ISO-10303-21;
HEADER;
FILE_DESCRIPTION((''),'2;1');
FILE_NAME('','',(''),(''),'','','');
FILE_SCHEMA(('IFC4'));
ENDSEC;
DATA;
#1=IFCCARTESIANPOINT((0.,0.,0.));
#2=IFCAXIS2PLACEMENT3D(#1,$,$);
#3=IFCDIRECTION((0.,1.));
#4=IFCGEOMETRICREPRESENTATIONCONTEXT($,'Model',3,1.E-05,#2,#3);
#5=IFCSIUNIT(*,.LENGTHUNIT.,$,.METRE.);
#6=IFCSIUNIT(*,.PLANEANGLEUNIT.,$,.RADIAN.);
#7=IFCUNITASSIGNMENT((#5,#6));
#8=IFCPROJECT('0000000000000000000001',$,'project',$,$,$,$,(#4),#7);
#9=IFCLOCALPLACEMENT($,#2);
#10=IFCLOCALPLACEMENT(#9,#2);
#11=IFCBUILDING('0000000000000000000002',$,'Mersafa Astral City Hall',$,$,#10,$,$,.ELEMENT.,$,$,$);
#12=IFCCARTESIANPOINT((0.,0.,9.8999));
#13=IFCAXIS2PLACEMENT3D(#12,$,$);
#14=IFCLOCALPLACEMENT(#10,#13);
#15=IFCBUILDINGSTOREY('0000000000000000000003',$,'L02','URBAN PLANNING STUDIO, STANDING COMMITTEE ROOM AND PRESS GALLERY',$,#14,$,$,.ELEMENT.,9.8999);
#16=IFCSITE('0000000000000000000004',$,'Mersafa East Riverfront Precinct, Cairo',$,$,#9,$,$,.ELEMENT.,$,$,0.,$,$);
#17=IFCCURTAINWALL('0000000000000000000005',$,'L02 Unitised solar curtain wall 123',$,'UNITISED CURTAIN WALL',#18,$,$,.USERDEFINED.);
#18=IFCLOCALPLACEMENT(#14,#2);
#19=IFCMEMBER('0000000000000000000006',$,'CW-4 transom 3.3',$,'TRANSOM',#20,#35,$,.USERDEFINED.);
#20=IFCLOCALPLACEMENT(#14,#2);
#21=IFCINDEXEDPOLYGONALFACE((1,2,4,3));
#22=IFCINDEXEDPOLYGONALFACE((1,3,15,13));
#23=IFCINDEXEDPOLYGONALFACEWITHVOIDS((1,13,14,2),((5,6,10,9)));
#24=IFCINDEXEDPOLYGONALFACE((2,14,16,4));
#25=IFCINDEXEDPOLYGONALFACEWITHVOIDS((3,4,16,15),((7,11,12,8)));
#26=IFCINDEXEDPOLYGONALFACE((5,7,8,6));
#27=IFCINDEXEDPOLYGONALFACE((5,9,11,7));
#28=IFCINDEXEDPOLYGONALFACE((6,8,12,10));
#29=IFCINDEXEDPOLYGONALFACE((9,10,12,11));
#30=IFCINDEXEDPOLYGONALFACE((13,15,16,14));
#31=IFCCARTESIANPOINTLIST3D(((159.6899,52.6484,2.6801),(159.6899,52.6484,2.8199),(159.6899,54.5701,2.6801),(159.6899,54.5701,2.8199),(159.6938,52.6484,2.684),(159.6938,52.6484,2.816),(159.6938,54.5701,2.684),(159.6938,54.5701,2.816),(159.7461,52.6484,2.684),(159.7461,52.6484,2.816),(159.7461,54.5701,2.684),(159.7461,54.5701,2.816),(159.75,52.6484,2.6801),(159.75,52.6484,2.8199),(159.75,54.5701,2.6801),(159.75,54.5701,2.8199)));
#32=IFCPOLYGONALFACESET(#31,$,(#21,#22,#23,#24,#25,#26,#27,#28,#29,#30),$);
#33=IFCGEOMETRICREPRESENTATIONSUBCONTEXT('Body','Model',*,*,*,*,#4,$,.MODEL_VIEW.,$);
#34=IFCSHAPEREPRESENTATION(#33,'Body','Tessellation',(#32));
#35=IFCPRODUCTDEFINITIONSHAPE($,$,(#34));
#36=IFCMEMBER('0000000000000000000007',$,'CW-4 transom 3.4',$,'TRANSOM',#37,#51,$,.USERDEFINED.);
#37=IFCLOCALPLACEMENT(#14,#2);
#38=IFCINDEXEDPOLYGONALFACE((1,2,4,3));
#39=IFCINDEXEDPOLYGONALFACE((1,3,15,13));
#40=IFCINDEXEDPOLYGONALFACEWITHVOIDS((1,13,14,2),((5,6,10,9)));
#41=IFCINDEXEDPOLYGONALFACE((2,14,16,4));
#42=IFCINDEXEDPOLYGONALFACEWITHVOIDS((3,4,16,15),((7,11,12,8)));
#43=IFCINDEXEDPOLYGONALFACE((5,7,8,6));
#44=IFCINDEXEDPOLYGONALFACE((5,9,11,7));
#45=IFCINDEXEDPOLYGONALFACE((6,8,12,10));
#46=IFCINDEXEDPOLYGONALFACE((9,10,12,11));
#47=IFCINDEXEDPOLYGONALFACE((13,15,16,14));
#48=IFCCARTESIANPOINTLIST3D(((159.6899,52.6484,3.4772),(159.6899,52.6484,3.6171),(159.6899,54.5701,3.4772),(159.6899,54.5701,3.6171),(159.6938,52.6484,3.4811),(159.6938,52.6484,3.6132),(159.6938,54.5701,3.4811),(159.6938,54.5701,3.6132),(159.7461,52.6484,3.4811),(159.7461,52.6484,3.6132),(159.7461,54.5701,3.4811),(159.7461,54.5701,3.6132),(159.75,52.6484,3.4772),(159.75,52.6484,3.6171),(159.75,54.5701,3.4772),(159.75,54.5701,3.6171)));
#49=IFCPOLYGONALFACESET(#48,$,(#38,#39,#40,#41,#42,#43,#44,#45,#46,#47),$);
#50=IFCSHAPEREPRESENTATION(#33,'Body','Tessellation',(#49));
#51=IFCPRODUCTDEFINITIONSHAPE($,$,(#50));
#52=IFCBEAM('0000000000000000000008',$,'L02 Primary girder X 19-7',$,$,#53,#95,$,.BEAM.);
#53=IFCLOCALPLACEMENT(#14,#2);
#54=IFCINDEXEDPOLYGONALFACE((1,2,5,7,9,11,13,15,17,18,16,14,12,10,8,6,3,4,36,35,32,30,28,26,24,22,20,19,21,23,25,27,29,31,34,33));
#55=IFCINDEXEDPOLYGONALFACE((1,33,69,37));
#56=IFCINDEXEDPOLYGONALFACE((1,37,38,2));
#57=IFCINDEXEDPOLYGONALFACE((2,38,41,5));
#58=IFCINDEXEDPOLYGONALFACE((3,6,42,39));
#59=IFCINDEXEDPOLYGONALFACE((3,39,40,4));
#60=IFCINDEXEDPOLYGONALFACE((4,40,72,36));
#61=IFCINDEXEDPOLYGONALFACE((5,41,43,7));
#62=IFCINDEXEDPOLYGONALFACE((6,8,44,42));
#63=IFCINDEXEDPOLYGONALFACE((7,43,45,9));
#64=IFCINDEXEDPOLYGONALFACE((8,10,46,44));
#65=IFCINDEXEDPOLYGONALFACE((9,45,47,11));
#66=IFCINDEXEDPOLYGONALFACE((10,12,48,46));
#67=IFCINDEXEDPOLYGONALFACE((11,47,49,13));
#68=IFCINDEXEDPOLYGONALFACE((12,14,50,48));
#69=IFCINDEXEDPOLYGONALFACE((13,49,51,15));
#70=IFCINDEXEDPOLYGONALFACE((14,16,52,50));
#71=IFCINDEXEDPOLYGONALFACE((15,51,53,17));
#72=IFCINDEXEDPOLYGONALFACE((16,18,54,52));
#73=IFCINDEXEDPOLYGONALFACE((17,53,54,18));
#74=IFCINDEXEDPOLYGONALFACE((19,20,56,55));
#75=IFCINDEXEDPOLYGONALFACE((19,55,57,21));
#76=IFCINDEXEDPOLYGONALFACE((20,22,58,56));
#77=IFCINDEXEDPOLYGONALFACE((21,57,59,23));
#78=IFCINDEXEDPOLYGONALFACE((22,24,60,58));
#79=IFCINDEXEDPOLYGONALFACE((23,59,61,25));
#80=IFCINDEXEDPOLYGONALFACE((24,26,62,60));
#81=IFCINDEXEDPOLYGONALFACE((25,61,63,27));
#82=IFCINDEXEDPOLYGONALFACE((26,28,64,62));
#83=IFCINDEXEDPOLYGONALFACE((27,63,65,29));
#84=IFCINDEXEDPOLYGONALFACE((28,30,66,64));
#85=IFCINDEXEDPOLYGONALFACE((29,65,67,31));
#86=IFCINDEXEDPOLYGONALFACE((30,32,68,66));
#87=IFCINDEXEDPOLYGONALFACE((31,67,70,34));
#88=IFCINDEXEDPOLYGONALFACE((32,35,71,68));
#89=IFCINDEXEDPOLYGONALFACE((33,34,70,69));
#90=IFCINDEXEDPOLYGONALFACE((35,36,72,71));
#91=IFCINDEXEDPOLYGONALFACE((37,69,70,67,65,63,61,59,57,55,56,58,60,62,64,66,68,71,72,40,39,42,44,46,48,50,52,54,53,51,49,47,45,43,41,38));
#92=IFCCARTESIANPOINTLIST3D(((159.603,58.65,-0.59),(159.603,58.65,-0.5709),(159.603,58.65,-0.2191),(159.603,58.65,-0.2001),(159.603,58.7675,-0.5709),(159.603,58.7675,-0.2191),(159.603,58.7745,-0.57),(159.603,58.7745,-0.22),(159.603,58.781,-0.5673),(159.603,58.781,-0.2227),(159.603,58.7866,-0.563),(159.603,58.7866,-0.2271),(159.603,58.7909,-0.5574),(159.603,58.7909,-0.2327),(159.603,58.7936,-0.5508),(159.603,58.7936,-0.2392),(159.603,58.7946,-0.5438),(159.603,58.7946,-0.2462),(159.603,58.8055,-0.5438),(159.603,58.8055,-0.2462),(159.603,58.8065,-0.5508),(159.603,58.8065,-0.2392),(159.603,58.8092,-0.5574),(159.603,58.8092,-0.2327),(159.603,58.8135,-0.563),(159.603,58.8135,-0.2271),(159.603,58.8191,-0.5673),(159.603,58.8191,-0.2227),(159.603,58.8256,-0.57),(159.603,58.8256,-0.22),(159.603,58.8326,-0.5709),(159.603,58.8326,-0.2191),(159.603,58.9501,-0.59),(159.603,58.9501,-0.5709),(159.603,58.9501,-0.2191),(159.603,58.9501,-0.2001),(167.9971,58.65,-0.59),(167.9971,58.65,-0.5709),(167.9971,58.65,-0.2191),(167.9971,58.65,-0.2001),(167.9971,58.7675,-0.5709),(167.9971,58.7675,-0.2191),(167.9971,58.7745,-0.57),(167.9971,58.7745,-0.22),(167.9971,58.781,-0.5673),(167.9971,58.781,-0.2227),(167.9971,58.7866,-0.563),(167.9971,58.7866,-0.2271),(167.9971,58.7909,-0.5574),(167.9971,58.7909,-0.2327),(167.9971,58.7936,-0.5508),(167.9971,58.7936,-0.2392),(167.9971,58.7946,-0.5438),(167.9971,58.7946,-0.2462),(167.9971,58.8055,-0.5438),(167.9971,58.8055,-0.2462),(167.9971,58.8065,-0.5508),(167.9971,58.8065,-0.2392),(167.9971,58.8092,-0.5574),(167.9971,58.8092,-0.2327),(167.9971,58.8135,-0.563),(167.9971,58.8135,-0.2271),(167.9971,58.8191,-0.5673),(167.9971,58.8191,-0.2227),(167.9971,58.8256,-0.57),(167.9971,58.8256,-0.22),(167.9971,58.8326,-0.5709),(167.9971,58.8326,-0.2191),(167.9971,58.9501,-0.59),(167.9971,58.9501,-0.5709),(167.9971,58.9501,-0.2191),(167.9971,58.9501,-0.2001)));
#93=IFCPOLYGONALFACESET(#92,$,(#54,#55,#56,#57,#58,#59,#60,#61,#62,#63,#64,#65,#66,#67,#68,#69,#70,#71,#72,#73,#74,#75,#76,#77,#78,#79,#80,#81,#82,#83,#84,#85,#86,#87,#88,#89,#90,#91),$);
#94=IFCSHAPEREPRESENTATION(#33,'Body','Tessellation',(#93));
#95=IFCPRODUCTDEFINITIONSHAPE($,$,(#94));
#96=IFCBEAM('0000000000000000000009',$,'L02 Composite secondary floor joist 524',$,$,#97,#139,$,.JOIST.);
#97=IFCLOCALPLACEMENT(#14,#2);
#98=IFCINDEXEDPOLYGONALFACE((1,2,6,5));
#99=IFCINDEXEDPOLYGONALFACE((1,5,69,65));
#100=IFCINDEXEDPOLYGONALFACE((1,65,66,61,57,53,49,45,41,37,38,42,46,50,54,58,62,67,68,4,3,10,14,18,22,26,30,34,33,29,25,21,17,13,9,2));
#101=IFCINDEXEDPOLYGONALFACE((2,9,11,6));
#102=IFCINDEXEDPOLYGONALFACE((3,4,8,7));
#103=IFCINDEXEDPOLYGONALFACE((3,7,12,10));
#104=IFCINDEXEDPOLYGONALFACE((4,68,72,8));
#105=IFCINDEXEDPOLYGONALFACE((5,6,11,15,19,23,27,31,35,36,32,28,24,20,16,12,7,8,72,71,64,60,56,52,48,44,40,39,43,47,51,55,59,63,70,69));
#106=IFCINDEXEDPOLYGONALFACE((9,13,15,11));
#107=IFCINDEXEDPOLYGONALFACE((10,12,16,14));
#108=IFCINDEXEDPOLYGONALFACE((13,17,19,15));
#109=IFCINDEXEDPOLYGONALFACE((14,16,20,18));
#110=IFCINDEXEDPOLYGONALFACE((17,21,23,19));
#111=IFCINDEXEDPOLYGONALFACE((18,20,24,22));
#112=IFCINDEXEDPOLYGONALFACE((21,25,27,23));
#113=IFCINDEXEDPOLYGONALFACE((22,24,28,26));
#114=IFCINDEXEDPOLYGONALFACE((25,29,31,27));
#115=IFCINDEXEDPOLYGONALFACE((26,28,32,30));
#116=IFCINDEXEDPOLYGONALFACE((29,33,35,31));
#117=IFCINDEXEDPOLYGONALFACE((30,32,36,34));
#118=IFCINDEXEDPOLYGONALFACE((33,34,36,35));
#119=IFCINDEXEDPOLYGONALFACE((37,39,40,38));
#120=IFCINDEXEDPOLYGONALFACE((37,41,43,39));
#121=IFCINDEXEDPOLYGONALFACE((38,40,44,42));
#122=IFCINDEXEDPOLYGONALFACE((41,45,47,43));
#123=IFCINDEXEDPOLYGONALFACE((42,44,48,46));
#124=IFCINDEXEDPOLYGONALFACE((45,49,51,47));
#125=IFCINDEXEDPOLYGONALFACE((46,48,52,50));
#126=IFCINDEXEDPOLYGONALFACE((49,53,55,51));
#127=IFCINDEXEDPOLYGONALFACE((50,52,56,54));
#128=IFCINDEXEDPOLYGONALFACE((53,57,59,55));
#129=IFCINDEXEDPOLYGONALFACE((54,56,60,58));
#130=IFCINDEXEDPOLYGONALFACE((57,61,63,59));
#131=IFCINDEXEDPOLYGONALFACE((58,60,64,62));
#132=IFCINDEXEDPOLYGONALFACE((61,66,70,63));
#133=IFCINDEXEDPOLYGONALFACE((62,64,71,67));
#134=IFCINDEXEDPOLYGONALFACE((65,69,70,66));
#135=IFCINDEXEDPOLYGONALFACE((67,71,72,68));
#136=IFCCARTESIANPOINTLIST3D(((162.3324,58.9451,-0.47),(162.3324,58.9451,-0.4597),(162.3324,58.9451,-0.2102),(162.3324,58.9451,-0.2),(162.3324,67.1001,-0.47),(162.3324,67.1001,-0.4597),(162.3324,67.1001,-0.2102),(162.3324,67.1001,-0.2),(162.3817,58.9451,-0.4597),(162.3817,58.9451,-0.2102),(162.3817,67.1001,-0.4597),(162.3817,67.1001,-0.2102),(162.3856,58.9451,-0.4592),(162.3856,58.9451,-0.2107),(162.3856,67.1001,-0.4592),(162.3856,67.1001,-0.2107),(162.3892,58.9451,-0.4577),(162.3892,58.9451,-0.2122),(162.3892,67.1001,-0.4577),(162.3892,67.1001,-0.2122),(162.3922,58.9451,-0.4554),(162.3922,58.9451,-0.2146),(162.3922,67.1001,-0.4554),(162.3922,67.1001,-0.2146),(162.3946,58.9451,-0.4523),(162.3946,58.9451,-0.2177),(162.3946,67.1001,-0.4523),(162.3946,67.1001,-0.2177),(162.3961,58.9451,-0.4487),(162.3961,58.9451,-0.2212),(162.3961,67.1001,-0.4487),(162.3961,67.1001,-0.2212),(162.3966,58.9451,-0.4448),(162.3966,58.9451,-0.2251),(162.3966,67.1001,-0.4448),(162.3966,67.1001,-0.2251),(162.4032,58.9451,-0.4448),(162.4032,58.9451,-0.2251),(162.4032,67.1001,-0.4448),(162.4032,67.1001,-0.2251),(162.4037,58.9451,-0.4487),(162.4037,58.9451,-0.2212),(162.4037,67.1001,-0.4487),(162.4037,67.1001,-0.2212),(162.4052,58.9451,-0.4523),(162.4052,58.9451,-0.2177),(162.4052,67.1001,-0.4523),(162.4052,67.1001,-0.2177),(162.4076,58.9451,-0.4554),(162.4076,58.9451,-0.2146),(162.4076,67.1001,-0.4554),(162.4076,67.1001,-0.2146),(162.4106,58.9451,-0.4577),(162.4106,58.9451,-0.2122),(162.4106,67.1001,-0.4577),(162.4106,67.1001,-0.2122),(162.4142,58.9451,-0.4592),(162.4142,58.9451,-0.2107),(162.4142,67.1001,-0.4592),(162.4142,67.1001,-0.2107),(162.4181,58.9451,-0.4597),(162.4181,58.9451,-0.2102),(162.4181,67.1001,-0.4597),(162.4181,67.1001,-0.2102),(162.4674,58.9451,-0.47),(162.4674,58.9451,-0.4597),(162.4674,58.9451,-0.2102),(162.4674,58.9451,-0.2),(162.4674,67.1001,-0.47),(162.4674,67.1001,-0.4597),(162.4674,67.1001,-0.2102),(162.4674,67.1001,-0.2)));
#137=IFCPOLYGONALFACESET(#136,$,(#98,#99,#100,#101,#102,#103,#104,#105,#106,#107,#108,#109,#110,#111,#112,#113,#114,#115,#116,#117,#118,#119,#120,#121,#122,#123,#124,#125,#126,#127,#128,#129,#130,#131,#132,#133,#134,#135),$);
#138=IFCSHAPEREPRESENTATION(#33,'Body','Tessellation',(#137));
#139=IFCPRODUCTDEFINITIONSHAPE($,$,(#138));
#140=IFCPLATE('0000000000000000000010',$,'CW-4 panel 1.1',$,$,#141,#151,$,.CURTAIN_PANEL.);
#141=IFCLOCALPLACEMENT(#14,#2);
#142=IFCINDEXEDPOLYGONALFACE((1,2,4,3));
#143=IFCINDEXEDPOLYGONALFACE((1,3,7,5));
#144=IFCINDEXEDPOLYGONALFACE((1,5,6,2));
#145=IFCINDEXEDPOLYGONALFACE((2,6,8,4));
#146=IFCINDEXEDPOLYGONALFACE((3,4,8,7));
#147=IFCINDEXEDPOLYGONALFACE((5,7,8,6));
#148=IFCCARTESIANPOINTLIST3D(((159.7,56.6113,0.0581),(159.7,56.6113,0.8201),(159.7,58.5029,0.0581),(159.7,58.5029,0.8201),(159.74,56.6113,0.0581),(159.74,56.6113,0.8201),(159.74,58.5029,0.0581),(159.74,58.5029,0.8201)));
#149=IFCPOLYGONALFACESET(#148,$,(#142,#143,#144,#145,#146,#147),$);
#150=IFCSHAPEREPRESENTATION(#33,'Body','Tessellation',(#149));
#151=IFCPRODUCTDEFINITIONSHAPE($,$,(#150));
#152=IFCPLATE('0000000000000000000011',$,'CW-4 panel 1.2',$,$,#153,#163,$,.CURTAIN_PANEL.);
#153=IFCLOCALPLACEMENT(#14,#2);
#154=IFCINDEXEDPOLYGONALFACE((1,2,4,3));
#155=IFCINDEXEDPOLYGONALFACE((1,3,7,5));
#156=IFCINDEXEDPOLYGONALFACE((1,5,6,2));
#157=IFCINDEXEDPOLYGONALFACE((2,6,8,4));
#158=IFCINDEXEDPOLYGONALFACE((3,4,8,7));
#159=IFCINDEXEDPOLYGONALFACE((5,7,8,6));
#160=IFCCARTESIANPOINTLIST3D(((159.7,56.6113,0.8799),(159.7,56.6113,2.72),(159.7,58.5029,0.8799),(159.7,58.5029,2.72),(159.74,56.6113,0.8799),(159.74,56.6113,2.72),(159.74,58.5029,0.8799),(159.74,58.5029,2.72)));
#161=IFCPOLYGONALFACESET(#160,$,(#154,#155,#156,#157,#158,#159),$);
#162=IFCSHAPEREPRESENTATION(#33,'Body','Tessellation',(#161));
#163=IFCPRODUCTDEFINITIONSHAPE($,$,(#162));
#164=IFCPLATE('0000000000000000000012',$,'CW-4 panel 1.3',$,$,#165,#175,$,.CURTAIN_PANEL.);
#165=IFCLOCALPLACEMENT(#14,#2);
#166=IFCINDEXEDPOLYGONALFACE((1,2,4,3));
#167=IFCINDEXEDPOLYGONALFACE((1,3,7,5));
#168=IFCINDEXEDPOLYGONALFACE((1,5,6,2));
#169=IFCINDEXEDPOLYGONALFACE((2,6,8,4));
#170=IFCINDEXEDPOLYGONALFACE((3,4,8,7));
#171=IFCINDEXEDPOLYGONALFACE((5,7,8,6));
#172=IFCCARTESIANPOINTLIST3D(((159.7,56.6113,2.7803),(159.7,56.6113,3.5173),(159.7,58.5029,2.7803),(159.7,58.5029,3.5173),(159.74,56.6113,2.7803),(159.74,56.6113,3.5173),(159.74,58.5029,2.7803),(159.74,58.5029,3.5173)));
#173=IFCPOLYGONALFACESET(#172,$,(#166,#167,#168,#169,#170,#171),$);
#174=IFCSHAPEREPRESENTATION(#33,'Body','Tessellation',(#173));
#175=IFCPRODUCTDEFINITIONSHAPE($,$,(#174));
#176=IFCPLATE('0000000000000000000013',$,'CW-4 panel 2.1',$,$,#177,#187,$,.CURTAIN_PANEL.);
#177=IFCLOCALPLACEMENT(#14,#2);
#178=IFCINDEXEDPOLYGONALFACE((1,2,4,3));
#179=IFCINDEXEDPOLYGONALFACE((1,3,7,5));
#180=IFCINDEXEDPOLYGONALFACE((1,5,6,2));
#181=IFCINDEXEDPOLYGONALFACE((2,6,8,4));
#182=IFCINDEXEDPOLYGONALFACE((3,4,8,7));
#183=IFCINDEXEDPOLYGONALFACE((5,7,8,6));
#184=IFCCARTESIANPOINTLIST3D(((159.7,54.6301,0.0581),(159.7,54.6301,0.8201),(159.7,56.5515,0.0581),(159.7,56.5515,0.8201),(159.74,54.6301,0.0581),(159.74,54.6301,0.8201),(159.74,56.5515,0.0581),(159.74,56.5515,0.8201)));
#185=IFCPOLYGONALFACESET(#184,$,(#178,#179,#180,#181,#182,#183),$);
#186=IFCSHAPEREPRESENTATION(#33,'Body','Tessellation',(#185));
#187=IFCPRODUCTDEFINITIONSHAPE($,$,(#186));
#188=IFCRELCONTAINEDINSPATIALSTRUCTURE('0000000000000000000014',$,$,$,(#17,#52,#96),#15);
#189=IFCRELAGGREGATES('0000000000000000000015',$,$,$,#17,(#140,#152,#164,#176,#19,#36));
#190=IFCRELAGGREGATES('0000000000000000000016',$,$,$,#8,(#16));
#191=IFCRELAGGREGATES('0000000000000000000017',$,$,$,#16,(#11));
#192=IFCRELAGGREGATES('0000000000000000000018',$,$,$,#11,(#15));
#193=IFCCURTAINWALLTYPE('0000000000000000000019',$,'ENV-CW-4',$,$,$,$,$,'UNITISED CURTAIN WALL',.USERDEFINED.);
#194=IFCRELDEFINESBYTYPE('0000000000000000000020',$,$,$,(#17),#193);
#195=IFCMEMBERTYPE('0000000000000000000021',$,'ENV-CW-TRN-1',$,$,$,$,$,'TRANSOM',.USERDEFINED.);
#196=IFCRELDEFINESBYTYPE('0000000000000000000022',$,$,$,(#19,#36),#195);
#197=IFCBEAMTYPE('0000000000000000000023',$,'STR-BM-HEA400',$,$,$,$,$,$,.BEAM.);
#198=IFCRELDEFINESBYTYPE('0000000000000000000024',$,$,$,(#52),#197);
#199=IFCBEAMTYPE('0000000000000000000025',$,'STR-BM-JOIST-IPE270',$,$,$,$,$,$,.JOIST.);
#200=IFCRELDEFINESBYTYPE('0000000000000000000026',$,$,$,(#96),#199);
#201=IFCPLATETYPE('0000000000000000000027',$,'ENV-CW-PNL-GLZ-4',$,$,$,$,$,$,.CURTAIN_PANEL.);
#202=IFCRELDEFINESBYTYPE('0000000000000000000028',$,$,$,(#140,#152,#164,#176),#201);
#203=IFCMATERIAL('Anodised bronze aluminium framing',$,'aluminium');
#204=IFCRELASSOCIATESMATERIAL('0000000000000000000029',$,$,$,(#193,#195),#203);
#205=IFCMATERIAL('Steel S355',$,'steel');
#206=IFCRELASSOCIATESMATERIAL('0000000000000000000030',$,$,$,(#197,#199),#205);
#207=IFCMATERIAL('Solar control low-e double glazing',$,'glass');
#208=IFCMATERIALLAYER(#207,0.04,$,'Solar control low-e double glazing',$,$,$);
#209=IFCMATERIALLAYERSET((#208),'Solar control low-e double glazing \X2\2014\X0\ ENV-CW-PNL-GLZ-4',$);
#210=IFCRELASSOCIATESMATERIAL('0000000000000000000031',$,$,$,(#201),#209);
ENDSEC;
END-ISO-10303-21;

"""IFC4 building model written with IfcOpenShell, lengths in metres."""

from ifc_helpers import new_model, si_unit, direction, frame, origin, origin_2d, place, context, subcontext, project, spatial, rectangle, hollow_rectangle, i_section, extrude, material, layer, layer_set, material_profile, profile_set, type_object, element, aggregate, save


model = new_model("IFC4")

# Units and contexts
model_context = context("Model", 3, precision=1e-05, world=origin(), true_north=direction((0.0, 1.0)))
body_context = subcontext(model_context, "Body", "Model", "MODEL_VIEW")
ifc_project = project(units=[si_unit("LENGTHUNIT", "METRE"), si_unit("PLANEANGLEUNIT", "RADIAN")], contexts=[model_context])

# Site, building, storey
site_placement = place(None, origin())
site = spatial("IfcSite", under=ifc_project, at=site_placement, Name="Mersafa East Riverfront Precinct, Cairo", CompositionType="ELEMENT", RefElevation=0.0)
building_placement = place(site_placement, origin())
building = spatial("IfcBuilding", under=site, at=building_placement, Name="Mersafa Astral City Hall", CompositionType="ELEMENT")
storey_placement = place(building_placement, frame((0.0, 0.0, 9.8999)))
storey = spatial("IfcBuildingStorey", under=building, at=storey_placement, Name="L02", Description="URBAN PLANNING STUDIO, STANDING COMMITTEE ROOM AND PRESS GALLERY", CompositionType="ELEMENT", Elevation=9.8999)

# Curtain wall, members
ifc_material_1 = material(Name="Anodised bronze aluminium framing", Category="aluminium")
curtain_wall_type = type_object("IfcCurtainWallType", Name="ENV-CW-4", ElementType="UNITISED CURTAIN WALL", PredefinedType="USERDEFINED", material=ifc_material_1)
curtain_wall_placement = place(storey_placement, origin())
curtain_wall = element("IfcCurtainWall", 1, at=curtain_wall_placement, inside=storey, type_object=curtain_wall_type, Name="L02 Unitised solar curtain wall 123", ObjectType="UNITISED CURTAIN WALL", PredefinedType="USERDEFINED")
ifc_material_profile_1 = material_profile(ifc_material_1, hollow_rectangle(XDim=0.0601, YDim=0.1399, WallThickness=0.0039, at=origin_2d()), Name="RHS 60x140x4")
ifc_profile_set_1 = profile_set([ifc_material_profile_1], Name="Anodised bronze aluminium framing")
member_type_1 = type_object("IfcMemberType", Name="ENV-CW-TRN-1", ElementType="TRANSOM", PredefinedType="USERDEFINED", material=ifc_profile_set_1)
member_1_placement = place(storey_placement, frame((159.72, 54.5701, 2.75), z_axis=(0.0, -1.0, 0.0), x_axis=(1.0, 0.0, 0.0)))
member_1 = element("IfcMember", 2, at=member_1_placement, type_object=member_type_1, Name="CW-4 transom 3.3", ObjectType="TRANSOM", PredefinedType="USERDEFINED", context=body_context, shape_type="SweptSolid", body=[
    extrude(hollow_rectangle(XDim=0.0601, YDim=0.1399, WallThickness=0.0039, at=origin_2d()), origin(), (0.0, 0.0, 1.0), 1.9216),
])
member_2_placement = place(storey_placement, frame((159.72, 54.5701, 3.5471), z_axis=(0.0, -1.0, 0.0), x_axis=(1.0, 0.0, 0.0)))
member_2 = element("IfcMember", 3, at=member_2_placement, type_object=member_type_1, Name="CW-4 transom 3.4", ObjectType="TRANSOM", PredefinedType="USERDEFINED", context=body_context, shape_type="SweptSolid", body=[
    extrude(hollow_rectangle(XDim=0.0601, YDim=0.1399, WallThickness=0.0039, at=origin_2d()), origin(), (0.0, 0.0, 1.0), 1.9216),
])

# Beams
ifc_material_2 = material(Name="Steel S355", Category="steel")
ifc_material_profile_2 = material_profile(ifc_material_2, i_section(OverallWidth=0.3, OverallDepth=0.3899, WebThickness=0.011, FlangeThickness=0.019, FilletRadius=0.0271, at=origin_2d()), Name="HEA 400")
ifc_profile_set_2 = profile_set([ifc_material_profile_2], Name="Steel S355")
beam_type_1 = type_object("IfcBeamType", Name="STR-BM-HEA400", PredefinedType="BEAM", material=ifc_profile_set_2)
beam_1_placement = place(storey_placement, frame((159.603, 58.8, -0.395), z_axis=(1.0, 0.0, 0.0), x_axis=(0.0, 1.0, 0.0)))
element("IfcBeam", 4, at=beam_1_placement, inside=storey, type_object=beam_type_1, Name="L02 Primary girder X 19-7", PredefinedType="BEAM", context=body_context, shape_type="SweptSolid", body=[
    extrude(i_section(OverallWidth=0.3, OverallDepth=0.3899, WebThickness=0.011, FlangeThickness=0.019, FilletRadius=0.0271, at=origin_2d()), origin(), (0.0, 0.0, 1.0), 8.394),
])
ifc_material_profile_3 = material_profile(ifc_material_2, i_section(OverallWidth=0.135, OverallDepth=0.27, WebThickness=0.0066, FlangeThickness=0.0103, FilletRadius=0.0149, at=origin_2d()), Name="IPE 270")
ifc_profile_set_3 = profile_set([ifc_material_profile_3], Name="Steel S355")
beam_type_2 = type_object("IfcBeamType", Name="STR-BM-JOIST-IPE270", PredefinedType="JOIST", material=ifc_profile_set_3)
beam_2_placement = place(storey_placement, frame((162.3999, 58.9451, -0.335), z_axis=(0.0, 1.0, 0.0), x_axis=(-1.0, 0.0, 0.0)))
element("IfcBeam", 5, at=beam_2_placement, inside=storey, type_object=beam_type_2, Name="L02 Composite secondary floor joist 524", PredefinedType="JOIST", context=body_context, shape_type="SweptSolid", body=[
    extrude(i_section(OverallWidth=0.135, OverallDepth=0.27, WebThickness=0.0066, FlangeThickness=0.0103, FilletRadius=0.0149, at=origin_2d()), origin(), (0.0, 0.0, 1.0), 8.155),
])

# Plates
ifc_material_3 = material(Name="Solar control low-e double glazing", Category="glass")
ifc_layer_1 = layer(ifc_material_3, 0.04, Name="Solar control low-e double glazing")
ifc_layer_set_1 = layer_set([ifc_layer_1], Name="Solar control low-e double glazing — ENV-CW-PNL-GLZ-4")
plate_type = type_object("IfcPlateType", Name="ENV-CW-PNL-GLZ-4", PredefinedType="CURTAIN_PANEL", material=ifc_layer_set_1)
plate_1_placement = place(storey_placement, frame((159.72, 57.5571, 0.0581), z_axis=(0.0, 0.0, 1.0), x_axis=(0.0, -1.0, 0.0)))
plate_1 = element("IfcPlate", 6, at=plate_1_placement, type_object=plate_type, Name="CW-4 panel 1.1", PredefinedType="CURTAIN_PANEL", context=body_context, shape_type="SweptSolid", body=[
    extrude(rectangle(XDim=1.8916, YDim=0.04, at=origin_2d()), origin(), (0.0, 0.0, 1.0), 0.762),
])
plate_2_placement = place(storey_placement, frame((159.72, 57.5571, 0.8799), z_axis=(0.0, 0.0, 1.0), x_axis=(0.0, -1.0, 0.0)))
plate_2 = element("IfcPlate", 7, at=plate_2_placement, type_object=plate_type, Name="CW-4 panel 1.2", PredefinedType="CURTAIN_PANEL", context=body_context, shape_type="SweptSolid", body=[
    extrude(rectangle(XDim=1.8916, YDim=0.04, at=origin_2d()), origin(), (0.0, 0.0, 1.0), 1.8401),
])
plate_3_placement = place(storey_placement, frame((159.72, 57.5571, 2.7803), z_axis=(0.0, 0.0, 1.0), x_axis=(0.0, -1.0, 0.0)))
plate_3 = element("IfcPlate", 8, at=plate_3_placement, type_object=plate_type, Name="CW-4 panel 1.3", PredefinedType="CURTAIN_PANEL", context=body_context, shape_type="SweptSolid", body=[
    extrude(rectangle(XDim=1.8916, YDim=0.04, at=origin_2d()), origin(), (0.0, 0.0, 1.0), 0.7371),
])
plate_4_placement = place(storey_placement, frame((159.72, 55.5908, 0.0581), z_axis=(0.0, 0.0, 1.0), x_axis=(0.0, -1.0, 0.0)))
plate_4 = element("IfcPlate", 9, at=plate_4_placement, type_object=plate_type, Name="CW-4 panel 2.1", PredefinedType="CURTAIN_PANEL", context=body_context, shape_type="SweptSolid", body=[
    extrude(rectangle(XDim=1.9214, YDim=0.04, at=origin_2d()), origin(), (0.0, 0.0, 1.0), 0.762),
])
aggregate(curtain_wall, [plate_1, plate_2, plate_3, plate_4, member_1, member_2])

save(model, "model.ifc")
